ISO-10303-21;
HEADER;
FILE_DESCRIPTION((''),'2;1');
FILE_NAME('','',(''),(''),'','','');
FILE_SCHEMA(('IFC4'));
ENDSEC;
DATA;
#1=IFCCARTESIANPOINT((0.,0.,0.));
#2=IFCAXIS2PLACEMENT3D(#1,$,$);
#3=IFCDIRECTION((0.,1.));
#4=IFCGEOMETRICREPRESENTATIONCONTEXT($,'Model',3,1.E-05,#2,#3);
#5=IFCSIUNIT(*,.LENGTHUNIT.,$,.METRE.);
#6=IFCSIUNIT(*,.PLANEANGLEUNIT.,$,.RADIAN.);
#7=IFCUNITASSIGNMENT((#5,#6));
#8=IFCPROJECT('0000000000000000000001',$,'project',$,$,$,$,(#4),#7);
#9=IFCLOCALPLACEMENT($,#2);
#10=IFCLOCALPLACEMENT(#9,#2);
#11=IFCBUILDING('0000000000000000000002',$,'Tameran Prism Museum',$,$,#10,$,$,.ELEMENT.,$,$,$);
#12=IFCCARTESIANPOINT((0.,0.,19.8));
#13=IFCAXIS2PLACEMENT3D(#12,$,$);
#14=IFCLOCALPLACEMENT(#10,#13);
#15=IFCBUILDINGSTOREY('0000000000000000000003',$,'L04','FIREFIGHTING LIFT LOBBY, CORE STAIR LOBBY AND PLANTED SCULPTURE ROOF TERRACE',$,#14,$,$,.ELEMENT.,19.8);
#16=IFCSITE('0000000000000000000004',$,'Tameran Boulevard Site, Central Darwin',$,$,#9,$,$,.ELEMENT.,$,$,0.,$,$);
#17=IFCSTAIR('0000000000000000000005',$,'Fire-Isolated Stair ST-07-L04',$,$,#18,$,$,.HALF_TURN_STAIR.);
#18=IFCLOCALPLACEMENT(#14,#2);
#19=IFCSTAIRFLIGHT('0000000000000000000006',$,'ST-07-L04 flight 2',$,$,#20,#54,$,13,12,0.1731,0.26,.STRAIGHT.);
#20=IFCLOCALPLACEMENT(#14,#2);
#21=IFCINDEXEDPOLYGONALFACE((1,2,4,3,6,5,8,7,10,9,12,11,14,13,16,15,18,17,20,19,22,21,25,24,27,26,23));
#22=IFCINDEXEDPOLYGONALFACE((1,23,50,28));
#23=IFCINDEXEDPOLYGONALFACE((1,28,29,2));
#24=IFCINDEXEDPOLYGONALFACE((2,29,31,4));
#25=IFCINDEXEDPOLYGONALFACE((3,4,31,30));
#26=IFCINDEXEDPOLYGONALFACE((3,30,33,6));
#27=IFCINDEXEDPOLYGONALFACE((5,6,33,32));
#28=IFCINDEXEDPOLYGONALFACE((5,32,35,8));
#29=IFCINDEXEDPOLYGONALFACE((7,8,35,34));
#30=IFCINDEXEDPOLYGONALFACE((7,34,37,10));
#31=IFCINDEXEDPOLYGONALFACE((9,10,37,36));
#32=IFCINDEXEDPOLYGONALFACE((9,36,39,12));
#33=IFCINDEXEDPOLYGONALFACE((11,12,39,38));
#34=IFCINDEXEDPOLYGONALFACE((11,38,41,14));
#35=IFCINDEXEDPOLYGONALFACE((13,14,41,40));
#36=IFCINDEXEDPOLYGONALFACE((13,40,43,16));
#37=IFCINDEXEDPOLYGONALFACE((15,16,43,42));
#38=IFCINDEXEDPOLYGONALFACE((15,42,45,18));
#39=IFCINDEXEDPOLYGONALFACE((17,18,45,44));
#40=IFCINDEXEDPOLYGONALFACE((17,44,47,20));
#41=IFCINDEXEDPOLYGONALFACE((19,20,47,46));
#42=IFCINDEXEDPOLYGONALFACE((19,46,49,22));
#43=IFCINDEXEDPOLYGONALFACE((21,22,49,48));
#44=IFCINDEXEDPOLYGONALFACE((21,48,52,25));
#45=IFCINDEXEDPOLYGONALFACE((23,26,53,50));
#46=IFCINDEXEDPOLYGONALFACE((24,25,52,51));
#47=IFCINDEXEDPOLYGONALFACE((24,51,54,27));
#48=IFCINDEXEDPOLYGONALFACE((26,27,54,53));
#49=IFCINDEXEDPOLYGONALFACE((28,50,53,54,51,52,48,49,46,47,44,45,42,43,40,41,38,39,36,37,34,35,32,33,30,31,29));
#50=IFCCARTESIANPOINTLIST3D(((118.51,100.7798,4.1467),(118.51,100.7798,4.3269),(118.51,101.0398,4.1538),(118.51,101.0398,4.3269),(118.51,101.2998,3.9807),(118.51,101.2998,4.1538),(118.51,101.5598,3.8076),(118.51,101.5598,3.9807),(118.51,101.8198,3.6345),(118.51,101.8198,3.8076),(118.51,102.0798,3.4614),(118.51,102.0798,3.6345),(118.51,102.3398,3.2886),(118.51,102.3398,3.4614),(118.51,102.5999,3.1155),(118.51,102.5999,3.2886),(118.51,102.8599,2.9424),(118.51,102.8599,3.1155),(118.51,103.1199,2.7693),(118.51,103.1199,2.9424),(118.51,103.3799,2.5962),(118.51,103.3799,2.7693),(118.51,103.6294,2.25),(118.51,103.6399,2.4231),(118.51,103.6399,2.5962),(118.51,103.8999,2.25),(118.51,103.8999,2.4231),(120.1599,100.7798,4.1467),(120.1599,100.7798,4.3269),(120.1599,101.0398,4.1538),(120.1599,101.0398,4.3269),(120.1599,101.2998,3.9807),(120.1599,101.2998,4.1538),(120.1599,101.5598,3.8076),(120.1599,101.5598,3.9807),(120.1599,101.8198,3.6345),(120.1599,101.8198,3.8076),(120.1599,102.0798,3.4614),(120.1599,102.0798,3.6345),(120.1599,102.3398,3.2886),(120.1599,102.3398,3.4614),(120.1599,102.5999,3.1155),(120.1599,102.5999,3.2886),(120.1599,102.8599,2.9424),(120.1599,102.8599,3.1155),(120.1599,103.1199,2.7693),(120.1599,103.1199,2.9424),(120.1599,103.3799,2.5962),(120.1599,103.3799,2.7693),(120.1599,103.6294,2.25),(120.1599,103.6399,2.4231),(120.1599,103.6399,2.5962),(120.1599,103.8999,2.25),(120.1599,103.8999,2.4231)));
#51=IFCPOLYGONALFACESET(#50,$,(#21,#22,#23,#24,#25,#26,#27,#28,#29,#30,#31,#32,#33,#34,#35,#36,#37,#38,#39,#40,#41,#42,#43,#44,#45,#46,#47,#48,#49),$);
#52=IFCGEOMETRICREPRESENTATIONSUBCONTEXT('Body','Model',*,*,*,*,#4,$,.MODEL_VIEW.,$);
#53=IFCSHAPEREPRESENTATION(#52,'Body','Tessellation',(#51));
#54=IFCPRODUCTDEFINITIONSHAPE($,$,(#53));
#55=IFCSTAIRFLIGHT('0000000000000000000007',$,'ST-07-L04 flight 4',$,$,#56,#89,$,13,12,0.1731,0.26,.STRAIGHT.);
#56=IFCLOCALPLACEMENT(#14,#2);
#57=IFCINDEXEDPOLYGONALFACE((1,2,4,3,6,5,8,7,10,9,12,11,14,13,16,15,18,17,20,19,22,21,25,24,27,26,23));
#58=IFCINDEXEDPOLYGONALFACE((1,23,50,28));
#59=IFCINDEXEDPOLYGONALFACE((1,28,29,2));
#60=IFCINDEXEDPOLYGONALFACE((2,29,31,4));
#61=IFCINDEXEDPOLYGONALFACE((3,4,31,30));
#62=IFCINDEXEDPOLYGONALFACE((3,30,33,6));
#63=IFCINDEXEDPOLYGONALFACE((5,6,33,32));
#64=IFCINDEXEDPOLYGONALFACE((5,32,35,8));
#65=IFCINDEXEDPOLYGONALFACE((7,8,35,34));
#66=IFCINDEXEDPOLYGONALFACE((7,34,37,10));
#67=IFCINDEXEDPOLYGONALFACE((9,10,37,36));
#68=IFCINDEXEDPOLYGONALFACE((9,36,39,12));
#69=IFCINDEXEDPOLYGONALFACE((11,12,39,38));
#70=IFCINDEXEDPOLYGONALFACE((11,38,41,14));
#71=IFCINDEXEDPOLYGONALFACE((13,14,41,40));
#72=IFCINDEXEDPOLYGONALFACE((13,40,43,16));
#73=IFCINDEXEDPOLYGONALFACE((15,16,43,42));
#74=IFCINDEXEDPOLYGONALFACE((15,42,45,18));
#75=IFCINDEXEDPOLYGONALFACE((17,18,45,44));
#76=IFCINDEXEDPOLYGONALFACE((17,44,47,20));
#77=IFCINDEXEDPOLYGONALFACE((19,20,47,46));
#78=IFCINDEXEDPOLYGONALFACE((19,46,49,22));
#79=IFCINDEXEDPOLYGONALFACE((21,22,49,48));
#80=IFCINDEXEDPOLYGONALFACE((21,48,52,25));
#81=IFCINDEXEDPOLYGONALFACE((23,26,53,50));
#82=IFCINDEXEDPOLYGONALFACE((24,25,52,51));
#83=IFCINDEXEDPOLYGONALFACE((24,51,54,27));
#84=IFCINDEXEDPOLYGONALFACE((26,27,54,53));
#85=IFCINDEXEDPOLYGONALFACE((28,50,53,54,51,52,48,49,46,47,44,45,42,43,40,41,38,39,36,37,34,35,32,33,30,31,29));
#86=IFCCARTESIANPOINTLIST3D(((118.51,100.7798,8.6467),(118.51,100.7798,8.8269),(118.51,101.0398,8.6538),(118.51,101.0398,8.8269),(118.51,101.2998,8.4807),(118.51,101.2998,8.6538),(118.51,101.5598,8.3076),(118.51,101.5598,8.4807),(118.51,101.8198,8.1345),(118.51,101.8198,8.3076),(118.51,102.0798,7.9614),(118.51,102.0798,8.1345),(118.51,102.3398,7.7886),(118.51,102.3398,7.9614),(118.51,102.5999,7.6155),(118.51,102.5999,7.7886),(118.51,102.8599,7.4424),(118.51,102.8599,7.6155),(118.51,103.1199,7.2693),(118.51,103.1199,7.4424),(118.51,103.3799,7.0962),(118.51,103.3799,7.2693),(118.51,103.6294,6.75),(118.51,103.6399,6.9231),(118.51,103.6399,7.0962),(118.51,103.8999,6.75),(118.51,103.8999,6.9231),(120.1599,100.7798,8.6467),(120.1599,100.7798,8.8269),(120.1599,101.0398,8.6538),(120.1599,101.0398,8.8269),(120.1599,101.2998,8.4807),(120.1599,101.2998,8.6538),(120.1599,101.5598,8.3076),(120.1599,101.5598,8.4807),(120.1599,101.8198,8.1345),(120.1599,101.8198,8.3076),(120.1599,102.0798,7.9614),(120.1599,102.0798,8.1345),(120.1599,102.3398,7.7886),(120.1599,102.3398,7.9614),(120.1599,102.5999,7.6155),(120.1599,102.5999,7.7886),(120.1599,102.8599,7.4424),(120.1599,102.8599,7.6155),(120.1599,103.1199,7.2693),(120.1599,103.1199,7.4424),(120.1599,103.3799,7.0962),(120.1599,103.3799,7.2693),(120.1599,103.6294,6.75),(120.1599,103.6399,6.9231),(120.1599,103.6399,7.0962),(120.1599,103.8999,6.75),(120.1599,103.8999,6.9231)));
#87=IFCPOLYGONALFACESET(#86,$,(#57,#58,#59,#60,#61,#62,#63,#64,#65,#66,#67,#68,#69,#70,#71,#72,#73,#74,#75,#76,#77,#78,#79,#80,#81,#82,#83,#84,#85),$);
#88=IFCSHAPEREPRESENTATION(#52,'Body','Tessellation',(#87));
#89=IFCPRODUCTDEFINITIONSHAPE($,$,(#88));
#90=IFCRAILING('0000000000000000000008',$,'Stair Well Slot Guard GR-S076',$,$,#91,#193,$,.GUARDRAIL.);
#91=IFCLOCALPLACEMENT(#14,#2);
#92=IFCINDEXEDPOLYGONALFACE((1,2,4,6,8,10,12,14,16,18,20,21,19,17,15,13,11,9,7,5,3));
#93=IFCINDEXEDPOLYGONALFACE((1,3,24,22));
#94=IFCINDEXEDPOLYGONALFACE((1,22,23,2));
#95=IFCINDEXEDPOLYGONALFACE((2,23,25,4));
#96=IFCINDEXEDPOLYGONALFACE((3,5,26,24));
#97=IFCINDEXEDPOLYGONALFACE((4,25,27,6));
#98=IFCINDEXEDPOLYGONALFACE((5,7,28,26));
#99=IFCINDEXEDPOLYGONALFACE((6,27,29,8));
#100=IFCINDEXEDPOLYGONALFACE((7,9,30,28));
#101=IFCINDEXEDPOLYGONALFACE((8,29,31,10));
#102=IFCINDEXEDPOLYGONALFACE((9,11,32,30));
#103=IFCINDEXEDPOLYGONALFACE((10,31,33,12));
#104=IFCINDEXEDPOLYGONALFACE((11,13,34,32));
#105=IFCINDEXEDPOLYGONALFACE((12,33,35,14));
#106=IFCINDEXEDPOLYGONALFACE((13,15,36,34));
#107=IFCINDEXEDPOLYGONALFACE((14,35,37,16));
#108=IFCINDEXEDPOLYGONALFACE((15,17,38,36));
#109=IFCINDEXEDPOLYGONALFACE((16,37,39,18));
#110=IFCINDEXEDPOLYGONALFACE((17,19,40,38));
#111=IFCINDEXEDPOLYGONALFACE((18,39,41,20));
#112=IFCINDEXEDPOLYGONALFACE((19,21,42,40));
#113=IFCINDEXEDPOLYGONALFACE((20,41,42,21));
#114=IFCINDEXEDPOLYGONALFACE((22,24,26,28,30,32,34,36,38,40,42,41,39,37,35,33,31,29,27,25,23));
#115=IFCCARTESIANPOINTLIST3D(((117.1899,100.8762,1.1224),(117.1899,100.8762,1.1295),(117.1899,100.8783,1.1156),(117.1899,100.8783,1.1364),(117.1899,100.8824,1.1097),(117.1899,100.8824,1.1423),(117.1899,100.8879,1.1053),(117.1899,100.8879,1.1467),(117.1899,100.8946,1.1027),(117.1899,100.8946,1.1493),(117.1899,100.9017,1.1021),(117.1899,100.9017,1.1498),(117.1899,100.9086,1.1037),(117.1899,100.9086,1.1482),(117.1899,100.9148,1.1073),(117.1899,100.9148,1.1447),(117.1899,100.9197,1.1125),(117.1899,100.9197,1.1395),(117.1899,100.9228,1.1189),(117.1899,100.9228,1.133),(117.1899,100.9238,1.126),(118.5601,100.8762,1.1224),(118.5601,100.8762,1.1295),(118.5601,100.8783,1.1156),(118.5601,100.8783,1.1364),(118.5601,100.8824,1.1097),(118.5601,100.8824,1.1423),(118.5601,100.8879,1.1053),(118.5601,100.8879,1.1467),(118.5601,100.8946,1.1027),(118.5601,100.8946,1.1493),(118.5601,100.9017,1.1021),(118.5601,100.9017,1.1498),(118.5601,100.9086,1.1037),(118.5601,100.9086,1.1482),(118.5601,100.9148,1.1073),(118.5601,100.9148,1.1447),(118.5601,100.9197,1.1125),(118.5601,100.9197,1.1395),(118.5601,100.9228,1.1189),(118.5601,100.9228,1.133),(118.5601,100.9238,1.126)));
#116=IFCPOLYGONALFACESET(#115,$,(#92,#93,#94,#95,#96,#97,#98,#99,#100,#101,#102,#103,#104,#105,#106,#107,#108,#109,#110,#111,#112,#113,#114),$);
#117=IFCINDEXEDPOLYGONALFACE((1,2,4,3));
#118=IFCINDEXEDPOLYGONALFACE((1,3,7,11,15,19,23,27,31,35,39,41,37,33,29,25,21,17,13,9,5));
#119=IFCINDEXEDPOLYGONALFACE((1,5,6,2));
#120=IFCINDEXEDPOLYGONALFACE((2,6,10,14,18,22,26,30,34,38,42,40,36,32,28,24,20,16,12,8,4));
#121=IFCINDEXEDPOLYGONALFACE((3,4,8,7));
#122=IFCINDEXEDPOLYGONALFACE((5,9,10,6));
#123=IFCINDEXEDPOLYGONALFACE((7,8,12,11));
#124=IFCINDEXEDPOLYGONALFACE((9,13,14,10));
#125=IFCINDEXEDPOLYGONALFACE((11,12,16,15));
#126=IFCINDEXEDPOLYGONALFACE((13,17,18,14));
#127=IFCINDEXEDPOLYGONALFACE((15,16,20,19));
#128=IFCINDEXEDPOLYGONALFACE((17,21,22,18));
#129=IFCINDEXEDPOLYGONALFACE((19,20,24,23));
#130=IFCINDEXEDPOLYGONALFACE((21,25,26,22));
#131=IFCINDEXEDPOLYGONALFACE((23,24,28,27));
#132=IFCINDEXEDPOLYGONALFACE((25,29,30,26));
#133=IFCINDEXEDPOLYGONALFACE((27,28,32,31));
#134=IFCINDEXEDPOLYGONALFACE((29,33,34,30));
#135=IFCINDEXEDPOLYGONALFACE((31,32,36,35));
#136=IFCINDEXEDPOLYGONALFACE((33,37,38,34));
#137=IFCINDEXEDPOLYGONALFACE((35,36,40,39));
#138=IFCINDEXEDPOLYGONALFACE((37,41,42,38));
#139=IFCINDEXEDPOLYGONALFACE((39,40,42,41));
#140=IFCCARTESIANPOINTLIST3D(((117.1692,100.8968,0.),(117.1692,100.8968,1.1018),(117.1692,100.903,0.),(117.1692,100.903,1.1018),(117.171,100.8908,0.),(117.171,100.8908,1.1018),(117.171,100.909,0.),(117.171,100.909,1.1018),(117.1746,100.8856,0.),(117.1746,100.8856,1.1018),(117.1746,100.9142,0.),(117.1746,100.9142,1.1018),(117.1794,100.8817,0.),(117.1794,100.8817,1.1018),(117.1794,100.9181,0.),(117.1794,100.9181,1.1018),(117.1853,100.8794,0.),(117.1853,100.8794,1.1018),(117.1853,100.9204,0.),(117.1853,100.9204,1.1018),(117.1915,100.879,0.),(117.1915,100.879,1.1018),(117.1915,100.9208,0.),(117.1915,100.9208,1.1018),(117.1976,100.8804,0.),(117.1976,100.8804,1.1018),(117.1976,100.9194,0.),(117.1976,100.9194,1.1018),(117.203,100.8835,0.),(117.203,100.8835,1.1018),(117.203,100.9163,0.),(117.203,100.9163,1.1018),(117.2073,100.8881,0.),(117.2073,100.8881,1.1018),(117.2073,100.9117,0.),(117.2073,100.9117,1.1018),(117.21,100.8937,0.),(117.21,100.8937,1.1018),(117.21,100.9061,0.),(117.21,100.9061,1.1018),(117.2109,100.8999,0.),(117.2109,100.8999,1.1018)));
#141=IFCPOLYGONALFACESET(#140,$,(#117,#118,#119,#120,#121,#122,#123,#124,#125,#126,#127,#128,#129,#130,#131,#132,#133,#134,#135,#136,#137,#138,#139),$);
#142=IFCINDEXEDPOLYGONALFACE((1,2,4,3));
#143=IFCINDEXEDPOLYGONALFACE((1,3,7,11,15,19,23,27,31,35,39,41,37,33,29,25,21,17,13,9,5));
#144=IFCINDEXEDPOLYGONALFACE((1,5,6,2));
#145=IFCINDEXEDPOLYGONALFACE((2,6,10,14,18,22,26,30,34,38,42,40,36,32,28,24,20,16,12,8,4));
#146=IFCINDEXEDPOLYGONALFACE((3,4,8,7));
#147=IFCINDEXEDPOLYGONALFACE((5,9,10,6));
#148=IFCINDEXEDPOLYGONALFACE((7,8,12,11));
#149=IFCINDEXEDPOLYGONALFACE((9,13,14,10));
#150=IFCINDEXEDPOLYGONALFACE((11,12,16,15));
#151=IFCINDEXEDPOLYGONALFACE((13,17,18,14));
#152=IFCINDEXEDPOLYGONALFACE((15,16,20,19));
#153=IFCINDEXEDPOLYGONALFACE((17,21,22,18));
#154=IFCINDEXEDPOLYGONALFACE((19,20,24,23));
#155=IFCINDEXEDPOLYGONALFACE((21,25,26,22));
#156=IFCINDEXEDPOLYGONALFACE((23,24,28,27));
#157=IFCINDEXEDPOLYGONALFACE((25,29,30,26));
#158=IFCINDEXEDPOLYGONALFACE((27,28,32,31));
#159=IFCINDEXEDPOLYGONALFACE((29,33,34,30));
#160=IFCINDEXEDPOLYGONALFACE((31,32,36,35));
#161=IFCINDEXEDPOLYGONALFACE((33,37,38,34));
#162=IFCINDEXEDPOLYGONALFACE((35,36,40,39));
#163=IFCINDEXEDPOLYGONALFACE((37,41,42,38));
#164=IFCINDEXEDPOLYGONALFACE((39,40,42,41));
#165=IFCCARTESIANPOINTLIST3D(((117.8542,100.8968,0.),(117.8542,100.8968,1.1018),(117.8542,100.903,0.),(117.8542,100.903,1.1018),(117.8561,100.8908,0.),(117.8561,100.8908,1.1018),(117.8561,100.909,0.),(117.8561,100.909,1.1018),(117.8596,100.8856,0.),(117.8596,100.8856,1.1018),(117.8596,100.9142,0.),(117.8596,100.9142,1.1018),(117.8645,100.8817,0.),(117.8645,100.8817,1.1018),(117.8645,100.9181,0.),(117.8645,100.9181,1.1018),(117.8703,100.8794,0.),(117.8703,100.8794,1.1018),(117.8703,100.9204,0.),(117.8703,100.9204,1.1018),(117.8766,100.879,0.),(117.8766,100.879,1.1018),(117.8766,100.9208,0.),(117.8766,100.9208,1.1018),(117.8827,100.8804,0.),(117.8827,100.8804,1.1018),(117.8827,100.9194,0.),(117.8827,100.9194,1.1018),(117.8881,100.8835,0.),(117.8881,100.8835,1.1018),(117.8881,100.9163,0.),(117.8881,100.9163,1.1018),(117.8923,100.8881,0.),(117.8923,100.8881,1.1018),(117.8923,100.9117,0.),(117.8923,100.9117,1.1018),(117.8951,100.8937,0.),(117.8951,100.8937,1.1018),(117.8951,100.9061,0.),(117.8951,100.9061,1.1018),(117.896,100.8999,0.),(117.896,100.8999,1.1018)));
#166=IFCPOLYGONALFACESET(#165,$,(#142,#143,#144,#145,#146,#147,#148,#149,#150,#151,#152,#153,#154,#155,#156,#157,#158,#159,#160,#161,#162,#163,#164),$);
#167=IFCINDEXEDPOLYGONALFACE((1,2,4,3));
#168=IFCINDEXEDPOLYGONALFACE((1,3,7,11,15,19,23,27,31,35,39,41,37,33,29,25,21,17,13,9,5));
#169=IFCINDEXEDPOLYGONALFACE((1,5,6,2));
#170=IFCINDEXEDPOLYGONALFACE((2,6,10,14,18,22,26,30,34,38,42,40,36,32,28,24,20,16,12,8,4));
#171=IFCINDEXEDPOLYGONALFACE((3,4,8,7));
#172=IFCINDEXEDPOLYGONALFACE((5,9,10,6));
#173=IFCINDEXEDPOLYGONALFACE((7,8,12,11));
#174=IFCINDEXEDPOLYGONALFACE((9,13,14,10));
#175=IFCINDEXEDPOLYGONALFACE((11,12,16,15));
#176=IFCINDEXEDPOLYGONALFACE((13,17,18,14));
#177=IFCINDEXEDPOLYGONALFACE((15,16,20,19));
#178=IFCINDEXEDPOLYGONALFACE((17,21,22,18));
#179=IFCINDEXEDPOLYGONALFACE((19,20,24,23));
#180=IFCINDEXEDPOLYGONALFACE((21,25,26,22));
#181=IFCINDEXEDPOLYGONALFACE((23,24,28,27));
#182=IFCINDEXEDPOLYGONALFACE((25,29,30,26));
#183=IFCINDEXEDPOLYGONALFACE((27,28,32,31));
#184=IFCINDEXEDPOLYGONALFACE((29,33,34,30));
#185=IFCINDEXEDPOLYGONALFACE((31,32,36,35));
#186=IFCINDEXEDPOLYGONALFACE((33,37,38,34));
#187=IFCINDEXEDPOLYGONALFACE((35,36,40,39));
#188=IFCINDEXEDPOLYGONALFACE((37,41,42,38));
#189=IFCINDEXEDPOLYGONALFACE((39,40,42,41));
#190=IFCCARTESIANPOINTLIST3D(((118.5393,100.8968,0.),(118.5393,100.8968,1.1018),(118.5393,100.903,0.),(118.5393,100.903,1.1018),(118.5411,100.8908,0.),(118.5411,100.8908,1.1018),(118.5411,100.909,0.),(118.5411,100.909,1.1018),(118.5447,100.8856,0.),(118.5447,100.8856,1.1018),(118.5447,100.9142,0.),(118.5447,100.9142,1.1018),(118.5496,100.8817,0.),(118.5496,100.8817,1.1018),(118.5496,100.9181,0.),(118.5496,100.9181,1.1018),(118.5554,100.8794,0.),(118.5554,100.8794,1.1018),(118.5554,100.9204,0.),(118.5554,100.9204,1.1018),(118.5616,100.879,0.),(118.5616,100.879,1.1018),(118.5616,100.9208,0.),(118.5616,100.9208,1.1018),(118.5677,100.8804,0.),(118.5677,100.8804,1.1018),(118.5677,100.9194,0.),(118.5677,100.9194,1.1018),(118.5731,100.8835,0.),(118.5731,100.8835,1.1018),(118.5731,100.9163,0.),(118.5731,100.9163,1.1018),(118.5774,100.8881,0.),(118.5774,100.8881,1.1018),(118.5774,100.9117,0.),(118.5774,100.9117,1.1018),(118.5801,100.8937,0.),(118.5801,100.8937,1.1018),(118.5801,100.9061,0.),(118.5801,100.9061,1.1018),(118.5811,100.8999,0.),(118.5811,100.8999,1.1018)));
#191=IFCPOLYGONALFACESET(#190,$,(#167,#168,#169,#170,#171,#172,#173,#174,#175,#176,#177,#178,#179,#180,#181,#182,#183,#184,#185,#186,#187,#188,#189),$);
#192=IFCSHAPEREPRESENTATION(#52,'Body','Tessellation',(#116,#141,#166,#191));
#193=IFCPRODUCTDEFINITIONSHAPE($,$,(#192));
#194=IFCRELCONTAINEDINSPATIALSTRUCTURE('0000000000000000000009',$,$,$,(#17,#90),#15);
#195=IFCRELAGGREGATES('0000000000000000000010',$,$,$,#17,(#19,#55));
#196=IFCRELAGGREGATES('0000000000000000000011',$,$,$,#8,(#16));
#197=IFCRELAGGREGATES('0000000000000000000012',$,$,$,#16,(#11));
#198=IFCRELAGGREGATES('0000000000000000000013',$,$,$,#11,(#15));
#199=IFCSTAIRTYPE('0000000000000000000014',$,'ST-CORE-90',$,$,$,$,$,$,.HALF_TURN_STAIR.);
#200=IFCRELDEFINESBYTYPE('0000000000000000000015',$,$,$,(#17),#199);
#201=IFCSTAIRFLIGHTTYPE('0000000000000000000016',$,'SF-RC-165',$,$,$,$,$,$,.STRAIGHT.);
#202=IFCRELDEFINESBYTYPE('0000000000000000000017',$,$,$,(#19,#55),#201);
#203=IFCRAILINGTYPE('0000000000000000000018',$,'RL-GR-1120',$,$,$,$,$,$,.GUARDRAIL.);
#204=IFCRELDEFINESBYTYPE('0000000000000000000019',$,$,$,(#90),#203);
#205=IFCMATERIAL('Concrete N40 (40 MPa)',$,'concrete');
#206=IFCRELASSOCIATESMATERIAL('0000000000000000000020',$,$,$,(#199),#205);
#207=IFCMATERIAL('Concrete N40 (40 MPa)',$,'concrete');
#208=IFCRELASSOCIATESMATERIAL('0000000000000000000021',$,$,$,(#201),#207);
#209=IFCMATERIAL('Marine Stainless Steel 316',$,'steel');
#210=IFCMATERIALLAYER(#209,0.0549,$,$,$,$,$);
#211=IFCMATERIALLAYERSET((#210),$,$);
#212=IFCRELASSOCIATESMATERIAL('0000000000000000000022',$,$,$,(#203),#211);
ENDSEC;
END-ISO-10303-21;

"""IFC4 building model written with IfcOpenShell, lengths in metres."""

from ifc_helpers import new_model, si_unit, direction, frame, origin, origin_2d, place, context, subcontext, project, spatial, polyline, circle, outline, extrude, material, layer, layer_set, type_object, element, aggregate, save


model = new_model("IFC4")

# Units and contexts
model_context = context("Model", 3, precision=1e-05, world=origin(), true_north=direction((0.0, 1.0)))
body_context = subcontext(model_context, "Body", "Model", "MODEL_VIEW")
ifc_project = project(units=[si_unit("LENGTHUNIT", "METRE"), si_unit("PLANEANGLEUNIT", "RADIAN")], contexts=[model_context])

# Site, building, storey
site_placement = place(None, origin())
site = spatial("IfcSite", under=ifc_project, at=site_placement, Name="Tameran Boulevard Site, Central Darwin", CompositionType="ELEMENT", RefElevation=0.0)
building_placement = place(site_placement, origin())
building = spatial("IfcBuilding", under=site, at=building_placement, Name="Tameran Prism Museum", CompositionType="ELEMENT")
storey_placement = place(building_placement, frame((0.0, 0.0, 19.8)))
storey = spatial("IfcBuildingStorey", under=building, at=storey_placement, Name="L04", Description="FIREFIGHTING LIFT LOBBY, CORE STAIR LOBBY AND PLANTED SCULPTURE ROOF TERRACE", CompositionType="ELEMENT", Elevation=19.8)

# Stair, stair flights
ifc_material_1 = material(Name="Concrete N40 (40 MPa)", Category="concrete")
stair_type = type_object("IfcStairType", Name="ST-CORE-90", PredefinedType="HALF_TURN_STAIR", material=ifc_material_1)
stair_placement = place(storey_placement, origin())
stair = element("IfcStair", 1, at=stair_placement, inside=storey, type_object=stair_type, Name="Fire-Isolated Stair ST-07-L04", PredefinedType="HALF_TURN_STAIR")
ifc_material_2 = material(Name="Concrete N40 (40 MPa)", Category="concrete")
stair_flight_type = type_object("IfcStairFlightType", Name="SF-RC-165", PredefinedType="STRAIGHT", material=ifc_material_2)
stair_flight_1_placement = place(storey_placement, frame((119.335, 103.8999, 2.25), z_axis=(0.0, 0.0, 1.0), x_axis=(0.0, -1.0, 0.0)))
stair_flight_1 = element("IfcStairFlight", 2, at=stair_flight_1_placement, type_object=stair_flight_type, Name="ST-07-L04 flight 2", NumberOfRisers=13, NumberOfTreads=12, PredefinedType="STRAIGHT", RiserHeight=0.1731, TreadLength=0.26, context=body_context, shape_type="SweptSolid", body=[
    extrude(outline(polyline([(0.0, 0.0), (0.0, 0.1731), (0.26, 0.1731), (0.26, 0.3462), (0.52, 0.3462), (0.52, 0.5193), (0.78, 0.5193), (0.78, 0.6924), (1.04, 0.6924), (1.04, 0.8655), (1.3, 0.8655), (1.3, 1.0386), (1.5601, 1.0386), (1.5601, 1.2114), (1.8201, 1.2114), (1.8201, 1.3845), (2.0801, 1.3845), (2.0801, 1.5576), (2.3401, 1.5576), (2.3401, 1.7307), (2.6001, 1.7307), (2.6001, 1.9038), (2.8601, 1.9038), (2.8601, 2.0769), (3.1201, 2.0769), (3.1201, 2.25), (3.1201, 1.8967), (0.2705, 0.0), (0.0, 0.0)])), frame((0.0, 0.825, 0.0), z_axis=(0.0, -1.0, 0.0), x_axis=(1.0, 0.0, 0.0)), (0.0, 0.0, 1.0), 1.6499),
])
stair_flight_2_placement = place(storey_placement, frame((119.335, 103.8999, 6.75), z_axis=(0.0, 0.0, 1.0), x_axis=(0.0, -1.0, 0.0)))
stair_flight_2 = element("IfcStairFlight", 3, at=stair_flight_2_placement, type_object=stair_flight_type, Name="ST-07-L04 flight 4", NumberOfRisers=13, NumberOfTreads=12, PredefinedType="STRAIGHT", RiserHeight=0.1731, TreadLength=0.26, context=body_context, shape_type="SweptSolid", body=[
    extrude(outline(polyline([(0.0, 0.0), (0.0, 0.1731), (0.26, 0.1731), (0.26, 0.3462), (0.52, 0.3462), (0.52, 0.5193), (0.78, 0.5193), (0.78, 0.6924), (1.04, 0.6924), (1.04, 0.8655), (1.3, 0.8655), (1.3, 1.0386), (1.5601, 1.0386), (1.5601, 1.2114), (1.8201, 1.2114), (1.8201, 1.3845), (2.0801, 1.3845), (2.0801, 1.5576), (2.3401, 1.5576), (2.3401, 1.7307), (2.6001, 1.7307), (2.6001, 1.9038), (2.8601, 1.9038), (2.8601, 2.0769), (3.1201, 2.0769), (3.1201, 2.25), (3.1201, 1.8967), (0.2705, 0.0), (0.0, 0.0)])), frame((0.0, 0.825, 0.0), z_axis=(0.0, -1.0, 0.0), x_axis=(1.0, 0.0, 0.0)), (0.0, 0.0, 1.0), 1.6499),
])
aggregate(stair, [stair_flight_1, stair_flight_2])

# Railing
ifc_material_3 = material(Name="Marine Stainless Steel 316", Category="steel")
ifc_layer_1 = layer(ifc_material_3, 0.0549)
ifc_layer_set_1 = layer_set([ifc_layer_1])
railing_type_1 = type_object("IfcRailingType", Name="RL-GR-1120", PredefinedType="GUARDRAIL", material=ifc_layer_set_1)
railing_1_placement = place(storey_placement, frame((117.1899, 100.8999, 0.0)))
element("IfcRailing", 4, at=railing_1_placement, inside=storey, type_object=railing_type_1, Name="Stair Well Slot Guard GR-S076", PredefinedType="GUARDRAIL", context=body_context, shape_type="SweptSolid", body=[
    extrude(circle(Radius=0.0239, at=origin_2d()), frame((0.0, 0.0, 1.126), z_axis=(1.0, 0.0, 0.0), x_axis=(0.0, 1.0, 0.0)), (0.0, 0.0, 1.0), 1.3701),
    extrude(circle(Radius=0.021, at=origin_2d()), origin(), (0.0, 0.0, 1.0), 1.1018),
    extrude(circle(Radius=0.021, at=origin_2d()), frame((0.6851, 0.0, 0.0)), (0.0, 0.0, 1.0), 1.1018),
    extrude(circle(Radius=0.021, at=origin_2d()), frame((1.3701, 0.0, 0.0)), (0.0, 0.0, 1.0), 1.1018),
])

save(model, "model.ifc")
